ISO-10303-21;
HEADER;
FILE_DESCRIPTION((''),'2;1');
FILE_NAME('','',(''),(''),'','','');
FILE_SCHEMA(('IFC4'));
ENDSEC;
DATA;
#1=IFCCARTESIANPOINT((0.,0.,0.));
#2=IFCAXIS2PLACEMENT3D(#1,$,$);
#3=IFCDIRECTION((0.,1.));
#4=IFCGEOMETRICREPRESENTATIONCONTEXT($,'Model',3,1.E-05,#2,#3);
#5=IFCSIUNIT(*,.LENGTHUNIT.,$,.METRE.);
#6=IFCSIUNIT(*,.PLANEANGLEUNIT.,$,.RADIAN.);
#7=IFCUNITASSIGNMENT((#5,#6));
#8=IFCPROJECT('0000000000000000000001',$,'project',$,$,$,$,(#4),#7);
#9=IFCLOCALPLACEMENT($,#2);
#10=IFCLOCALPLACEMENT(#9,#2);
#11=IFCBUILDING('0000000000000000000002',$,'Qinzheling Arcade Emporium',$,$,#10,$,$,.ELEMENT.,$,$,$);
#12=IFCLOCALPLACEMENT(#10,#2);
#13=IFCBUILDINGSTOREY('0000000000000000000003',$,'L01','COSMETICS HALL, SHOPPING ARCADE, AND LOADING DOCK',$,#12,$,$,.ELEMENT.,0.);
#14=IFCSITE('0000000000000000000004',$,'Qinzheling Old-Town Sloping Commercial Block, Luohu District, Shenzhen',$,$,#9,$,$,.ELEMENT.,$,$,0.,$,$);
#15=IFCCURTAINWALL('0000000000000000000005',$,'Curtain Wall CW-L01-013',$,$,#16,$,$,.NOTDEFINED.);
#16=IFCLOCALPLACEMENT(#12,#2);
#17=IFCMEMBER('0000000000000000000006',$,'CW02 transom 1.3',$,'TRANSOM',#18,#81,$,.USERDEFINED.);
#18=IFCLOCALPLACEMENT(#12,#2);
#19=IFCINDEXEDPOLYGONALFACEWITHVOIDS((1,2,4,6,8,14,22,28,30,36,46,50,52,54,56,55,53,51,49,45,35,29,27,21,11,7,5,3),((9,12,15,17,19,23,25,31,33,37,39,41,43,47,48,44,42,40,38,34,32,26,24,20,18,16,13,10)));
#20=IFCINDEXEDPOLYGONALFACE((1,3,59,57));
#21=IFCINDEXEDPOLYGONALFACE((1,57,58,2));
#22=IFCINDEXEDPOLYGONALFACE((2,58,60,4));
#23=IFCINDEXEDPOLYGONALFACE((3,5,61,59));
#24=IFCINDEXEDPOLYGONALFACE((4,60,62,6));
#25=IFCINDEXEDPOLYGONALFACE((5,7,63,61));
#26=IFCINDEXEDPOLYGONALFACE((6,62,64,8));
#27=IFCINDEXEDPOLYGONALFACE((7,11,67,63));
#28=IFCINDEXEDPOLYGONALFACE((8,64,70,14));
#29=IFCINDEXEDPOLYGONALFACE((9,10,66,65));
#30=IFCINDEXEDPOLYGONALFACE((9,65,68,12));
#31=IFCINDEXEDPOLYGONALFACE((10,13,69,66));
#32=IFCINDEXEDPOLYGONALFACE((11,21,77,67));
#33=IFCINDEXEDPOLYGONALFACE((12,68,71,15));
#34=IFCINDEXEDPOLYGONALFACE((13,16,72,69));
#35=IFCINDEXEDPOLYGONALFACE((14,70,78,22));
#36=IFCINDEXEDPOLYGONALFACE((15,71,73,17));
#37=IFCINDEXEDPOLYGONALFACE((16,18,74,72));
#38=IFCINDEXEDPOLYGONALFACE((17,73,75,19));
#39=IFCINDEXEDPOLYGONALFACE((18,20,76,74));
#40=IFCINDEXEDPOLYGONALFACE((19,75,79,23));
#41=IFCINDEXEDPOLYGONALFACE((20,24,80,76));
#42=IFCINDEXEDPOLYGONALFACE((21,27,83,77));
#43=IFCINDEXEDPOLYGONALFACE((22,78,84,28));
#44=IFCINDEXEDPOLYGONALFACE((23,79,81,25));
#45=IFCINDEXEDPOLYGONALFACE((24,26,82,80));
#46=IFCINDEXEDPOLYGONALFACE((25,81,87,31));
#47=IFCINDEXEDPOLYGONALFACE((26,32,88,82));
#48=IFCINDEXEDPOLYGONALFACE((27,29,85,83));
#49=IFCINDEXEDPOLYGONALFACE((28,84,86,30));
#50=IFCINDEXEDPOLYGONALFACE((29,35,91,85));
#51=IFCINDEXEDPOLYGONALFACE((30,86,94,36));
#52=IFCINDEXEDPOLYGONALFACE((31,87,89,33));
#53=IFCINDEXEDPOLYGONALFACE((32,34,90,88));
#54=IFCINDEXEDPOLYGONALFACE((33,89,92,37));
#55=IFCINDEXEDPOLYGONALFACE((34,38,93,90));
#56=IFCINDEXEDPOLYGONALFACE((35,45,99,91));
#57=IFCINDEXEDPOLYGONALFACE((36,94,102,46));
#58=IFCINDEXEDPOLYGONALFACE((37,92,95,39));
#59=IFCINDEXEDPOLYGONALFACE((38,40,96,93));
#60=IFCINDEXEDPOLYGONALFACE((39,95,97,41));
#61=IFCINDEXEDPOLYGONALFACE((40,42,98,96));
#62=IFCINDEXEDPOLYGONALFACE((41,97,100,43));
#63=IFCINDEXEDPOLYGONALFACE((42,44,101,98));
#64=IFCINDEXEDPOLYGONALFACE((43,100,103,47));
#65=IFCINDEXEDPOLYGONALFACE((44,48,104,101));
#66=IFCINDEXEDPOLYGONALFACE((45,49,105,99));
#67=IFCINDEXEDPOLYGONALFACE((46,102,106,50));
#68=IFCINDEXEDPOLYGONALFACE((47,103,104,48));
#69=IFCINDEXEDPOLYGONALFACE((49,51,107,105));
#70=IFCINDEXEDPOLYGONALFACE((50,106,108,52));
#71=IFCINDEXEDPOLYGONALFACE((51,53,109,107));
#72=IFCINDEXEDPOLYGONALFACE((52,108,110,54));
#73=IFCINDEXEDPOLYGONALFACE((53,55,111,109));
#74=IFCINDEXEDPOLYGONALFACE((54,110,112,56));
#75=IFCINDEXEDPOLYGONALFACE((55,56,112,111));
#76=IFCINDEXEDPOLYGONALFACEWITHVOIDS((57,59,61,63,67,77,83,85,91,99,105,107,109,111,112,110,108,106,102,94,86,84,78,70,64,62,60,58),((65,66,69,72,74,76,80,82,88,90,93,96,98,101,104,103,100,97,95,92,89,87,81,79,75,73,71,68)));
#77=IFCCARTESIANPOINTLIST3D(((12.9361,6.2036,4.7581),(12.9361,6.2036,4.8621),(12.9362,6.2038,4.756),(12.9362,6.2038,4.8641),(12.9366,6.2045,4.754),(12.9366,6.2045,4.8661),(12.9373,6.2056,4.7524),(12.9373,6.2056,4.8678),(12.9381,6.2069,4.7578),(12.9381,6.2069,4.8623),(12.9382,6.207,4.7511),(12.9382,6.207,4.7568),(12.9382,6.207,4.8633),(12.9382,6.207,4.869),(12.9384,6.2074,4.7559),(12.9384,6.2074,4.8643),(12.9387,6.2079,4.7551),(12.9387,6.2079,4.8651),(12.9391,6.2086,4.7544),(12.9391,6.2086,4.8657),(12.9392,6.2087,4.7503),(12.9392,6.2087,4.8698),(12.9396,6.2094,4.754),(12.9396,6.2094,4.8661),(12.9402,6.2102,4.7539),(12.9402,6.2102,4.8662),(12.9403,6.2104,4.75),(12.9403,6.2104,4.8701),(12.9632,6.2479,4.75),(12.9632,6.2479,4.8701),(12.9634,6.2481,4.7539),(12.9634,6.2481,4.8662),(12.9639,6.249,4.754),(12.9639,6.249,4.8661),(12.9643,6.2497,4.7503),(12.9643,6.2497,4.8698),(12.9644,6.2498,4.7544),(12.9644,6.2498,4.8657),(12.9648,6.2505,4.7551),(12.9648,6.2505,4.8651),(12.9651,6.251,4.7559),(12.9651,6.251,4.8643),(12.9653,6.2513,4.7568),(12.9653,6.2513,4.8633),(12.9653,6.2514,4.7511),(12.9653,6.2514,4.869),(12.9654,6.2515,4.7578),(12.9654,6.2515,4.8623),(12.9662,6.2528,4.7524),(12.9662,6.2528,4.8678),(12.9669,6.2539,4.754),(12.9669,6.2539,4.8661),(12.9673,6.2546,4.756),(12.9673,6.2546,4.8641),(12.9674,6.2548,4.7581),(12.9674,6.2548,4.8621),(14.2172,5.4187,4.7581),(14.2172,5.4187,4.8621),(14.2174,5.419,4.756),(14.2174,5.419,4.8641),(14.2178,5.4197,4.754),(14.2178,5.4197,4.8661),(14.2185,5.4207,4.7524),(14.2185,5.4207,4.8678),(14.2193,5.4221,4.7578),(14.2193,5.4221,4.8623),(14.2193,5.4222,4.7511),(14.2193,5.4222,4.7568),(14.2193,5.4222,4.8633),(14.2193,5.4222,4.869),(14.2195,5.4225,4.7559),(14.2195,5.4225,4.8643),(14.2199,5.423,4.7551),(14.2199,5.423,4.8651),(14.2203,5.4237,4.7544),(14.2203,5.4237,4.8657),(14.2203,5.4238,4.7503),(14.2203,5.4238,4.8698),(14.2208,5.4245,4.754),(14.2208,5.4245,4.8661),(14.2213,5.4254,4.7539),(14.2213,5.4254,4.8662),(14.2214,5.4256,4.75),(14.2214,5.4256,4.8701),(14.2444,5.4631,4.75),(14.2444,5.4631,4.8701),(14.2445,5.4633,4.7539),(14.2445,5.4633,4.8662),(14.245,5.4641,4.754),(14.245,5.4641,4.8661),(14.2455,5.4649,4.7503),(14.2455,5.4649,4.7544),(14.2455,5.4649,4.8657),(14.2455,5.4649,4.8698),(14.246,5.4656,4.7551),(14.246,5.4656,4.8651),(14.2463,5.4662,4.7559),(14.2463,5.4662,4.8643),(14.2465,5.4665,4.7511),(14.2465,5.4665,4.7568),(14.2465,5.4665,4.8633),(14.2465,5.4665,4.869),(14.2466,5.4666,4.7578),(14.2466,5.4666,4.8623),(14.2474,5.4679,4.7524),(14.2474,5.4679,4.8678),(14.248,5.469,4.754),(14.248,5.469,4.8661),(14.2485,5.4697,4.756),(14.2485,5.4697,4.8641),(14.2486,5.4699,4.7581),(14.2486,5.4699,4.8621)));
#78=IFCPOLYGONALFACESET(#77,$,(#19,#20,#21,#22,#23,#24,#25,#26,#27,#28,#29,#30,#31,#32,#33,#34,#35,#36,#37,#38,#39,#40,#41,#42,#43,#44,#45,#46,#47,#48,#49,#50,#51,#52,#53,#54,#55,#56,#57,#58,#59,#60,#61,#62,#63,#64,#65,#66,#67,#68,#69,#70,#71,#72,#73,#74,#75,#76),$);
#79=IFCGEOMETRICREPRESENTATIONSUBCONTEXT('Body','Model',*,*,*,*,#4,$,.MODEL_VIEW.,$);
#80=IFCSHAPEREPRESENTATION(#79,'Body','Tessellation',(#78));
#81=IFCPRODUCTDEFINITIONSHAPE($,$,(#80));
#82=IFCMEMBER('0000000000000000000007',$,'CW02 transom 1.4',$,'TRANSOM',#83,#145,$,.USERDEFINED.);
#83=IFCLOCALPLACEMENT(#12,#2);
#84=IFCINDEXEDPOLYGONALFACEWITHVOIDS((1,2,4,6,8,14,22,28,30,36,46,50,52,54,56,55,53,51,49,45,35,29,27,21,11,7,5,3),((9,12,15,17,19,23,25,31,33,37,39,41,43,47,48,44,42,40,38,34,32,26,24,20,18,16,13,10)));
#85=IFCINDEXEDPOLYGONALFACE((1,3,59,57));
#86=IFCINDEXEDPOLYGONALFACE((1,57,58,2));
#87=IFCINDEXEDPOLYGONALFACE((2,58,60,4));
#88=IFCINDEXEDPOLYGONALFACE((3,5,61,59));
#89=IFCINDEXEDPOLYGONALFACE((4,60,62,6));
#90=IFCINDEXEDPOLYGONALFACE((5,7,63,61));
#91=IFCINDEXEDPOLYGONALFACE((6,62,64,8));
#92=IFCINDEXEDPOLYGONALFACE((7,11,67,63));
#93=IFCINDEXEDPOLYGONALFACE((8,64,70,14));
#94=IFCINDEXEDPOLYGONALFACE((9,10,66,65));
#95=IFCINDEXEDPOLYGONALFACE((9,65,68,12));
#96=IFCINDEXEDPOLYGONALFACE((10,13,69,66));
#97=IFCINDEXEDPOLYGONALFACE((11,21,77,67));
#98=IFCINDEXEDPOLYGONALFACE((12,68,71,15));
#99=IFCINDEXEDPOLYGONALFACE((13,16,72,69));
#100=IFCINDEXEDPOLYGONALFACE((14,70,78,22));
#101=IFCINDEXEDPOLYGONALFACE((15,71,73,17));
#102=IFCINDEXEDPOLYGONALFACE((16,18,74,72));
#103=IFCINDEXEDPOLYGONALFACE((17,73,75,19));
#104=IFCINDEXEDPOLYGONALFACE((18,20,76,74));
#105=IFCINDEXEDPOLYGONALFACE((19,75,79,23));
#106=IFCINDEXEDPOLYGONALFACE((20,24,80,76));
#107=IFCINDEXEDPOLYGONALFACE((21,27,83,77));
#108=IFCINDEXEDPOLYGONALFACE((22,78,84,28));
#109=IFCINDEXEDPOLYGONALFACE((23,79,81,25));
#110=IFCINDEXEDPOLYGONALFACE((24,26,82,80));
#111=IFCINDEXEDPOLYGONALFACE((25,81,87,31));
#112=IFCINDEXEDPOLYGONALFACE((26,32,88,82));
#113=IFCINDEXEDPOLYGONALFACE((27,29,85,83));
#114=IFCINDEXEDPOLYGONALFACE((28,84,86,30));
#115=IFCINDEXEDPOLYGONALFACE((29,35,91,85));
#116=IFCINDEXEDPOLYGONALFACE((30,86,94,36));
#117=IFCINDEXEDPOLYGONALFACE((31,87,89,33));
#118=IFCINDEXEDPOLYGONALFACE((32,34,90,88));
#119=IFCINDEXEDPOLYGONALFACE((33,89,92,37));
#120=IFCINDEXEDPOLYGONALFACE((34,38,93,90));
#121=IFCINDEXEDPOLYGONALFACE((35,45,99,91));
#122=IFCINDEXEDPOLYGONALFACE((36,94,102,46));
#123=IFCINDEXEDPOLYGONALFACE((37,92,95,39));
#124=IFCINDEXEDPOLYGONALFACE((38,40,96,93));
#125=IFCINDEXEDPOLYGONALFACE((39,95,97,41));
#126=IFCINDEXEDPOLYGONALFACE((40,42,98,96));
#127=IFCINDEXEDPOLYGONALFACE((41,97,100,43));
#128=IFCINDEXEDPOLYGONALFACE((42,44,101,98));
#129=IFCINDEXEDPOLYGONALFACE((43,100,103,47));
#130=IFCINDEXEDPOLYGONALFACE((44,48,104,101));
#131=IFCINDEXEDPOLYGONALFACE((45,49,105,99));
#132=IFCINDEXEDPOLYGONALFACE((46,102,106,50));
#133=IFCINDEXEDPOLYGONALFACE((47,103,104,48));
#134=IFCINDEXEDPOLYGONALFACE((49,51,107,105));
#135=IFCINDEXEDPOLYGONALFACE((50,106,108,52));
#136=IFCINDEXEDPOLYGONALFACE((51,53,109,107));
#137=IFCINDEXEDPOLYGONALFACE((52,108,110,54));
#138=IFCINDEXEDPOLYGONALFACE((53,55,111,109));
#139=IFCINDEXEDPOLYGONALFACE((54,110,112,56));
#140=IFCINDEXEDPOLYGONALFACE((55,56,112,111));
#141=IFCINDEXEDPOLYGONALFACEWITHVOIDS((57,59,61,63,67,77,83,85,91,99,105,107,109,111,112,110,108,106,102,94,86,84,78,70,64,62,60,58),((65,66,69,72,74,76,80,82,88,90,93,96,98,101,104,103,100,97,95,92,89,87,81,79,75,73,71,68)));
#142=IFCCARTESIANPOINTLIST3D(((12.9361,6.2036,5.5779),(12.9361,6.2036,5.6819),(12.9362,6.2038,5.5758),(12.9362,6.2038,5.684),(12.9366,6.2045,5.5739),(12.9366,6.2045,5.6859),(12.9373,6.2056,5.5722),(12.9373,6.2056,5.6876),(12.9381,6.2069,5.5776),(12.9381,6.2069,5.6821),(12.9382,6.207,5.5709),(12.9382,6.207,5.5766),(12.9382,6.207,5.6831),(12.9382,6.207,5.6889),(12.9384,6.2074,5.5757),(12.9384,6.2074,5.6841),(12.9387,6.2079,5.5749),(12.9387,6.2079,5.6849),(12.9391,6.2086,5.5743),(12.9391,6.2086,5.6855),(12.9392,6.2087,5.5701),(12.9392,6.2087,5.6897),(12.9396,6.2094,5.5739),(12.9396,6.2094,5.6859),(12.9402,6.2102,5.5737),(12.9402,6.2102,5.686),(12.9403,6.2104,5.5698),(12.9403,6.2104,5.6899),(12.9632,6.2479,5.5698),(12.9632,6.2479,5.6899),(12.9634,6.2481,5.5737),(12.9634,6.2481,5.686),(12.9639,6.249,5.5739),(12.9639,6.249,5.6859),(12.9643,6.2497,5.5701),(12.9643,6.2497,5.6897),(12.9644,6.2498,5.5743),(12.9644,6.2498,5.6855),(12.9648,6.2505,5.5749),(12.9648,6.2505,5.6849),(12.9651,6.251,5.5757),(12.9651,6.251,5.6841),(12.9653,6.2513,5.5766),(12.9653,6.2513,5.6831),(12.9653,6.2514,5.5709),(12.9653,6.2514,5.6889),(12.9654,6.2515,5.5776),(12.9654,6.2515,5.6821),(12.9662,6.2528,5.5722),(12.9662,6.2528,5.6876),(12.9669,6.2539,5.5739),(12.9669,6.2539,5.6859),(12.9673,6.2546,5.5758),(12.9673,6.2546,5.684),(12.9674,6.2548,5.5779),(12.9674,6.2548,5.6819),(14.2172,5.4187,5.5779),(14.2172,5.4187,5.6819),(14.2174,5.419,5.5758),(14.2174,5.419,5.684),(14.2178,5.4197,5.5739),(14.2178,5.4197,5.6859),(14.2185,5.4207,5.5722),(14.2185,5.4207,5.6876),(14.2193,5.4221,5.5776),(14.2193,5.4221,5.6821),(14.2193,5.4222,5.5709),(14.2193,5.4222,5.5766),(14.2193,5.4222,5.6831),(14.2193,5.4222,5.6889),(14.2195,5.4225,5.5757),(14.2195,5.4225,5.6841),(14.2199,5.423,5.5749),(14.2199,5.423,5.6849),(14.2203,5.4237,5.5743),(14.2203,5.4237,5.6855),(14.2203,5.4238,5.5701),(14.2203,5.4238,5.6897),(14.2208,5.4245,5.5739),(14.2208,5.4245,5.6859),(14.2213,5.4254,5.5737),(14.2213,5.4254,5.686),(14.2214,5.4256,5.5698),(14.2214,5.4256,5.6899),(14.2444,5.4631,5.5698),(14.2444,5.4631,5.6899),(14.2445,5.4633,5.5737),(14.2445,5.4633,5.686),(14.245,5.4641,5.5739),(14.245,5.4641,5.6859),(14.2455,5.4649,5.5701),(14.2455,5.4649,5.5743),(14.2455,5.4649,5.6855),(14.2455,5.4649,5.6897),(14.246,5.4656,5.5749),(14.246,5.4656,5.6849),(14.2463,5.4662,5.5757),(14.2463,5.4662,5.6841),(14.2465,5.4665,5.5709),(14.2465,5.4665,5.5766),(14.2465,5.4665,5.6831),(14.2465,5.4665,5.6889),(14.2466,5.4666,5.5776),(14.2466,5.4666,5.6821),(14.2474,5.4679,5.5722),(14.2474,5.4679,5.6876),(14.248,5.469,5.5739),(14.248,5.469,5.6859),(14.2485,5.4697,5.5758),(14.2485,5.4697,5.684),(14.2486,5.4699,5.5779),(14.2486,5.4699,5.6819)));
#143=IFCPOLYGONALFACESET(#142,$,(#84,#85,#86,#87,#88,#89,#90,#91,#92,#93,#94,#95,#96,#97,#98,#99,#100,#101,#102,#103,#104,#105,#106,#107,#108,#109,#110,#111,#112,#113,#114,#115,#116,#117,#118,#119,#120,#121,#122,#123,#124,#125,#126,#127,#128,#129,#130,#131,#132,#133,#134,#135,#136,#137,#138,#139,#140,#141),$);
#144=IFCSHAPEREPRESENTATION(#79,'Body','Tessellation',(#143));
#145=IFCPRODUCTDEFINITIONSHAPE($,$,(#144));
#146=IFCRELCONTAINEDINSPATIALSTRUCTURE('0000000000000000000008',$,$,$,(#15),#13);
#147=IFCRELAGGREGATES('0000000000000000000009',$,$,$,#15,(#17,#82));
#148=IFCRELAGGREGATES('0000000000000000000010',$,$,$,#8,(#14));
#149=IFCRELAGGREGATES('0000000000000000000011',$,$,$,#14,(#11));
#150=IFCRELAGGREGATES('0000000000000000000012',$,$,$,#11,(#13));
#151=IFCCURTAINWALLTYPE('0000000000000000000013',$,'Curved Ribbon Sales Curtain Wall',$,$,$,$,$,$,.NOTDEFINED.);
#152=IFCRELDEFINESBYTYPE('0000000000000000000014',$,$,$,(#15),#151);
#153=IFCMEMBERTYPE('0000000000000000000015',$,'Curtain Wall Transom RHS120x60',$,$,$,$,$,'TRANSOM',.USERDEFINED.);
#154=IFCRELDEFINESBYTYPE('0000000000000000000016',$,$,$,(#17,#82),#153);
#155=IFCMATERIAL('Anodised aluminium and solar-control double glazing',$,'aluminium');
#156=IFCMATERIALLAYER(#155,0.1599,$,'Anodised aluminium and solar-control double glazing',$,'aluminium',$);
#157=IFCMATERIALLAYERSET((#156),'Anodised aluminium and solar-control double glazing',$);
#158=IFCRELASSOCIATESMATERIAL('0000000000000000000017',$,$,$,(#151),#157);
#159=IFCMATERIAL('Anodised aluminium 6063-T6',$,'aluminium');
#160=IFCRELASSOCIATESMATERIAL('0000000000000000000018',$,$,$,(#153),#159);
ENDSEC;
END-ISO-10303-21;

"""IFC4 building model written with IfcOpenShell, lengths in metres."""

from ifc_helpers import new_model, si_unit, direction, frame, origin, origin_2d, place, context, subcontext, project, spatial, hollow_rectangle, extrude, material, layer, layer_set, material_profile, profile_set, type_object, element, aggregate, save


model = new_model("IFC4")

# Units and contexts
model_context = context("Model", 3, precision=1e-05, world=origin(), true_north=direction((0.0, 1.0)))
body_context = subcontext(model_context, "Body", "Model", "MODEL_VIEW")
ifc_project = project(units=[si_unit("LENGTHUNIT", "METRE"), si_unit("PLANEANGLEUNIT", "RADIAN")], contexts=[model_context])

# Site, building, storey
site_placement = place(None, origin())
site = spatial("IfcSite", under=ifc_project, at=site_placement, Name="Qinzheling Old-Town Sloping Commercial Block, Luohu District, Shenzhen", CompositionType="ELEMENT", RefElevation=0.0)
building_placement = place(site_placement, origin())
building = spatial("IfcBuilding", under=site, at=building_placement, Name="Qinzheling Arcade Emporium", CompositionType="ELEMENT")
storey_placement = place(building_placement, origin())
storey = spatial("IfcBuildingStorey", under=building, at=storey_placement, Name="L01", Description="COSMETICS HALL, SHOPPING ARCADE, AND LOADING DOCK", CompositionType="ELEMENT", Elevation=0.0)

# Shared definitions
ifc_material_1 = material(Name="Anodised aluminium and solar-control double glazing", Category="aluminium")
ifc_layer_1 = layer(ifc_material_1, 0.1599, Name="Anodised aluminium and solar-control double glazing", Category="aluminium")
ifc_layer_set_1 = layer_set([ifc_layer_1], Name="Anodised aluminium and solar-control double glazing")
curtain_wall_type = type_object("IfcCurtainWallType", Name="Curved Ribbon Sales Curtain Wall", PredefinedType="NOTDEFINED", material=ifc_layer_set_1)
ifc_material_2 = material(Name="Anodised aluminium 6063-T6", Category="aluminium")

# Curtain wall
curtain_wall_1_placement = place(storey_placement, origin())
curtain_wall_1 = element("IfcCurtainWall", 1, at=curtain_wall_1_placement, inside=storey, type_object=curtain_wall_type, Name="Curtain Wall CW-L01-013", PredefinedType="NOTDEFINED")

# Members
ifc_material_profile_1 = material_profile(ifc_material_2, hollow_rectangle(XDim=0.0601, YDim=0.1201, WallThickness=0.0039, InnerFilletRadius=0.0039, OuterFilletRadius=0.0081, at=origin_2d()), Name="RHS 120x60x4", Category="aluminium")
ifc_profile_set_1 = profile_set([ifc_material_profile_1], Name="Anodised aluminium 6063-T6")
member_type_1 = type_object("IfcMemberType", Name="Curtain Wall Transom RHS120x60", ElementType="TRANSOM", PredefinedType="USERDEFINED", material=ifc_profile_set_1)
member_1_placement = place(storey_placement, frame((14.2329, 5.4443, 4.8101), z_axis=(-0.852711, 0.522383, 0.0), x_axis=(-0.522383, -0.852711, 0.0)))
member_1 = element("IfcMember", 2, at=member_1_placement, type_object=member_type_1, Name="CW02 transom 1.3", ObjectType="TRANSOM", PredefinedType="USERDEFINED", context=body_context, shape_type="SweptSolid", body=[
    extrude(hollow_rectangle(XDim=0.0601, YDim=0.1201, WallThickness=0.0039, InnerFilletRadius=0.0039, OuterFilletRadius=0.0081, at=origin_2d()), origin(), (0.0, 0.0, 1.0), 1.5024),
])
member_2_placement = place(storey_placement, frame((14.2329, 5.4443, 5.6299), z_axis=(-0.852711, 0.522383, 0.0), x_axis=(-0.522383, -0.852711, 0.0)))
member_2 = element("IfcMember", 3, at=member_2_placement, type_object=member_type_1, Name="CW02 transom 1.4", ObjectType="TRANSOM", PredefinedType="USERDEFINED", context=body_context, shape_type="SweptSolid", body=[
    extrude(hollow_rectangle(XDim=0.0601, YDim=0.1201, WallThickness=0.0039, InnerFilletRadius=0.0039, OuterFilletRadius=0.0081, at=origin_2d()), origin(), (0.0, 0.0, 1.0), 1.5024),
])

aggregate(curtain_wall_1, [member_1, member_2])

save(model, "model.ifc")
